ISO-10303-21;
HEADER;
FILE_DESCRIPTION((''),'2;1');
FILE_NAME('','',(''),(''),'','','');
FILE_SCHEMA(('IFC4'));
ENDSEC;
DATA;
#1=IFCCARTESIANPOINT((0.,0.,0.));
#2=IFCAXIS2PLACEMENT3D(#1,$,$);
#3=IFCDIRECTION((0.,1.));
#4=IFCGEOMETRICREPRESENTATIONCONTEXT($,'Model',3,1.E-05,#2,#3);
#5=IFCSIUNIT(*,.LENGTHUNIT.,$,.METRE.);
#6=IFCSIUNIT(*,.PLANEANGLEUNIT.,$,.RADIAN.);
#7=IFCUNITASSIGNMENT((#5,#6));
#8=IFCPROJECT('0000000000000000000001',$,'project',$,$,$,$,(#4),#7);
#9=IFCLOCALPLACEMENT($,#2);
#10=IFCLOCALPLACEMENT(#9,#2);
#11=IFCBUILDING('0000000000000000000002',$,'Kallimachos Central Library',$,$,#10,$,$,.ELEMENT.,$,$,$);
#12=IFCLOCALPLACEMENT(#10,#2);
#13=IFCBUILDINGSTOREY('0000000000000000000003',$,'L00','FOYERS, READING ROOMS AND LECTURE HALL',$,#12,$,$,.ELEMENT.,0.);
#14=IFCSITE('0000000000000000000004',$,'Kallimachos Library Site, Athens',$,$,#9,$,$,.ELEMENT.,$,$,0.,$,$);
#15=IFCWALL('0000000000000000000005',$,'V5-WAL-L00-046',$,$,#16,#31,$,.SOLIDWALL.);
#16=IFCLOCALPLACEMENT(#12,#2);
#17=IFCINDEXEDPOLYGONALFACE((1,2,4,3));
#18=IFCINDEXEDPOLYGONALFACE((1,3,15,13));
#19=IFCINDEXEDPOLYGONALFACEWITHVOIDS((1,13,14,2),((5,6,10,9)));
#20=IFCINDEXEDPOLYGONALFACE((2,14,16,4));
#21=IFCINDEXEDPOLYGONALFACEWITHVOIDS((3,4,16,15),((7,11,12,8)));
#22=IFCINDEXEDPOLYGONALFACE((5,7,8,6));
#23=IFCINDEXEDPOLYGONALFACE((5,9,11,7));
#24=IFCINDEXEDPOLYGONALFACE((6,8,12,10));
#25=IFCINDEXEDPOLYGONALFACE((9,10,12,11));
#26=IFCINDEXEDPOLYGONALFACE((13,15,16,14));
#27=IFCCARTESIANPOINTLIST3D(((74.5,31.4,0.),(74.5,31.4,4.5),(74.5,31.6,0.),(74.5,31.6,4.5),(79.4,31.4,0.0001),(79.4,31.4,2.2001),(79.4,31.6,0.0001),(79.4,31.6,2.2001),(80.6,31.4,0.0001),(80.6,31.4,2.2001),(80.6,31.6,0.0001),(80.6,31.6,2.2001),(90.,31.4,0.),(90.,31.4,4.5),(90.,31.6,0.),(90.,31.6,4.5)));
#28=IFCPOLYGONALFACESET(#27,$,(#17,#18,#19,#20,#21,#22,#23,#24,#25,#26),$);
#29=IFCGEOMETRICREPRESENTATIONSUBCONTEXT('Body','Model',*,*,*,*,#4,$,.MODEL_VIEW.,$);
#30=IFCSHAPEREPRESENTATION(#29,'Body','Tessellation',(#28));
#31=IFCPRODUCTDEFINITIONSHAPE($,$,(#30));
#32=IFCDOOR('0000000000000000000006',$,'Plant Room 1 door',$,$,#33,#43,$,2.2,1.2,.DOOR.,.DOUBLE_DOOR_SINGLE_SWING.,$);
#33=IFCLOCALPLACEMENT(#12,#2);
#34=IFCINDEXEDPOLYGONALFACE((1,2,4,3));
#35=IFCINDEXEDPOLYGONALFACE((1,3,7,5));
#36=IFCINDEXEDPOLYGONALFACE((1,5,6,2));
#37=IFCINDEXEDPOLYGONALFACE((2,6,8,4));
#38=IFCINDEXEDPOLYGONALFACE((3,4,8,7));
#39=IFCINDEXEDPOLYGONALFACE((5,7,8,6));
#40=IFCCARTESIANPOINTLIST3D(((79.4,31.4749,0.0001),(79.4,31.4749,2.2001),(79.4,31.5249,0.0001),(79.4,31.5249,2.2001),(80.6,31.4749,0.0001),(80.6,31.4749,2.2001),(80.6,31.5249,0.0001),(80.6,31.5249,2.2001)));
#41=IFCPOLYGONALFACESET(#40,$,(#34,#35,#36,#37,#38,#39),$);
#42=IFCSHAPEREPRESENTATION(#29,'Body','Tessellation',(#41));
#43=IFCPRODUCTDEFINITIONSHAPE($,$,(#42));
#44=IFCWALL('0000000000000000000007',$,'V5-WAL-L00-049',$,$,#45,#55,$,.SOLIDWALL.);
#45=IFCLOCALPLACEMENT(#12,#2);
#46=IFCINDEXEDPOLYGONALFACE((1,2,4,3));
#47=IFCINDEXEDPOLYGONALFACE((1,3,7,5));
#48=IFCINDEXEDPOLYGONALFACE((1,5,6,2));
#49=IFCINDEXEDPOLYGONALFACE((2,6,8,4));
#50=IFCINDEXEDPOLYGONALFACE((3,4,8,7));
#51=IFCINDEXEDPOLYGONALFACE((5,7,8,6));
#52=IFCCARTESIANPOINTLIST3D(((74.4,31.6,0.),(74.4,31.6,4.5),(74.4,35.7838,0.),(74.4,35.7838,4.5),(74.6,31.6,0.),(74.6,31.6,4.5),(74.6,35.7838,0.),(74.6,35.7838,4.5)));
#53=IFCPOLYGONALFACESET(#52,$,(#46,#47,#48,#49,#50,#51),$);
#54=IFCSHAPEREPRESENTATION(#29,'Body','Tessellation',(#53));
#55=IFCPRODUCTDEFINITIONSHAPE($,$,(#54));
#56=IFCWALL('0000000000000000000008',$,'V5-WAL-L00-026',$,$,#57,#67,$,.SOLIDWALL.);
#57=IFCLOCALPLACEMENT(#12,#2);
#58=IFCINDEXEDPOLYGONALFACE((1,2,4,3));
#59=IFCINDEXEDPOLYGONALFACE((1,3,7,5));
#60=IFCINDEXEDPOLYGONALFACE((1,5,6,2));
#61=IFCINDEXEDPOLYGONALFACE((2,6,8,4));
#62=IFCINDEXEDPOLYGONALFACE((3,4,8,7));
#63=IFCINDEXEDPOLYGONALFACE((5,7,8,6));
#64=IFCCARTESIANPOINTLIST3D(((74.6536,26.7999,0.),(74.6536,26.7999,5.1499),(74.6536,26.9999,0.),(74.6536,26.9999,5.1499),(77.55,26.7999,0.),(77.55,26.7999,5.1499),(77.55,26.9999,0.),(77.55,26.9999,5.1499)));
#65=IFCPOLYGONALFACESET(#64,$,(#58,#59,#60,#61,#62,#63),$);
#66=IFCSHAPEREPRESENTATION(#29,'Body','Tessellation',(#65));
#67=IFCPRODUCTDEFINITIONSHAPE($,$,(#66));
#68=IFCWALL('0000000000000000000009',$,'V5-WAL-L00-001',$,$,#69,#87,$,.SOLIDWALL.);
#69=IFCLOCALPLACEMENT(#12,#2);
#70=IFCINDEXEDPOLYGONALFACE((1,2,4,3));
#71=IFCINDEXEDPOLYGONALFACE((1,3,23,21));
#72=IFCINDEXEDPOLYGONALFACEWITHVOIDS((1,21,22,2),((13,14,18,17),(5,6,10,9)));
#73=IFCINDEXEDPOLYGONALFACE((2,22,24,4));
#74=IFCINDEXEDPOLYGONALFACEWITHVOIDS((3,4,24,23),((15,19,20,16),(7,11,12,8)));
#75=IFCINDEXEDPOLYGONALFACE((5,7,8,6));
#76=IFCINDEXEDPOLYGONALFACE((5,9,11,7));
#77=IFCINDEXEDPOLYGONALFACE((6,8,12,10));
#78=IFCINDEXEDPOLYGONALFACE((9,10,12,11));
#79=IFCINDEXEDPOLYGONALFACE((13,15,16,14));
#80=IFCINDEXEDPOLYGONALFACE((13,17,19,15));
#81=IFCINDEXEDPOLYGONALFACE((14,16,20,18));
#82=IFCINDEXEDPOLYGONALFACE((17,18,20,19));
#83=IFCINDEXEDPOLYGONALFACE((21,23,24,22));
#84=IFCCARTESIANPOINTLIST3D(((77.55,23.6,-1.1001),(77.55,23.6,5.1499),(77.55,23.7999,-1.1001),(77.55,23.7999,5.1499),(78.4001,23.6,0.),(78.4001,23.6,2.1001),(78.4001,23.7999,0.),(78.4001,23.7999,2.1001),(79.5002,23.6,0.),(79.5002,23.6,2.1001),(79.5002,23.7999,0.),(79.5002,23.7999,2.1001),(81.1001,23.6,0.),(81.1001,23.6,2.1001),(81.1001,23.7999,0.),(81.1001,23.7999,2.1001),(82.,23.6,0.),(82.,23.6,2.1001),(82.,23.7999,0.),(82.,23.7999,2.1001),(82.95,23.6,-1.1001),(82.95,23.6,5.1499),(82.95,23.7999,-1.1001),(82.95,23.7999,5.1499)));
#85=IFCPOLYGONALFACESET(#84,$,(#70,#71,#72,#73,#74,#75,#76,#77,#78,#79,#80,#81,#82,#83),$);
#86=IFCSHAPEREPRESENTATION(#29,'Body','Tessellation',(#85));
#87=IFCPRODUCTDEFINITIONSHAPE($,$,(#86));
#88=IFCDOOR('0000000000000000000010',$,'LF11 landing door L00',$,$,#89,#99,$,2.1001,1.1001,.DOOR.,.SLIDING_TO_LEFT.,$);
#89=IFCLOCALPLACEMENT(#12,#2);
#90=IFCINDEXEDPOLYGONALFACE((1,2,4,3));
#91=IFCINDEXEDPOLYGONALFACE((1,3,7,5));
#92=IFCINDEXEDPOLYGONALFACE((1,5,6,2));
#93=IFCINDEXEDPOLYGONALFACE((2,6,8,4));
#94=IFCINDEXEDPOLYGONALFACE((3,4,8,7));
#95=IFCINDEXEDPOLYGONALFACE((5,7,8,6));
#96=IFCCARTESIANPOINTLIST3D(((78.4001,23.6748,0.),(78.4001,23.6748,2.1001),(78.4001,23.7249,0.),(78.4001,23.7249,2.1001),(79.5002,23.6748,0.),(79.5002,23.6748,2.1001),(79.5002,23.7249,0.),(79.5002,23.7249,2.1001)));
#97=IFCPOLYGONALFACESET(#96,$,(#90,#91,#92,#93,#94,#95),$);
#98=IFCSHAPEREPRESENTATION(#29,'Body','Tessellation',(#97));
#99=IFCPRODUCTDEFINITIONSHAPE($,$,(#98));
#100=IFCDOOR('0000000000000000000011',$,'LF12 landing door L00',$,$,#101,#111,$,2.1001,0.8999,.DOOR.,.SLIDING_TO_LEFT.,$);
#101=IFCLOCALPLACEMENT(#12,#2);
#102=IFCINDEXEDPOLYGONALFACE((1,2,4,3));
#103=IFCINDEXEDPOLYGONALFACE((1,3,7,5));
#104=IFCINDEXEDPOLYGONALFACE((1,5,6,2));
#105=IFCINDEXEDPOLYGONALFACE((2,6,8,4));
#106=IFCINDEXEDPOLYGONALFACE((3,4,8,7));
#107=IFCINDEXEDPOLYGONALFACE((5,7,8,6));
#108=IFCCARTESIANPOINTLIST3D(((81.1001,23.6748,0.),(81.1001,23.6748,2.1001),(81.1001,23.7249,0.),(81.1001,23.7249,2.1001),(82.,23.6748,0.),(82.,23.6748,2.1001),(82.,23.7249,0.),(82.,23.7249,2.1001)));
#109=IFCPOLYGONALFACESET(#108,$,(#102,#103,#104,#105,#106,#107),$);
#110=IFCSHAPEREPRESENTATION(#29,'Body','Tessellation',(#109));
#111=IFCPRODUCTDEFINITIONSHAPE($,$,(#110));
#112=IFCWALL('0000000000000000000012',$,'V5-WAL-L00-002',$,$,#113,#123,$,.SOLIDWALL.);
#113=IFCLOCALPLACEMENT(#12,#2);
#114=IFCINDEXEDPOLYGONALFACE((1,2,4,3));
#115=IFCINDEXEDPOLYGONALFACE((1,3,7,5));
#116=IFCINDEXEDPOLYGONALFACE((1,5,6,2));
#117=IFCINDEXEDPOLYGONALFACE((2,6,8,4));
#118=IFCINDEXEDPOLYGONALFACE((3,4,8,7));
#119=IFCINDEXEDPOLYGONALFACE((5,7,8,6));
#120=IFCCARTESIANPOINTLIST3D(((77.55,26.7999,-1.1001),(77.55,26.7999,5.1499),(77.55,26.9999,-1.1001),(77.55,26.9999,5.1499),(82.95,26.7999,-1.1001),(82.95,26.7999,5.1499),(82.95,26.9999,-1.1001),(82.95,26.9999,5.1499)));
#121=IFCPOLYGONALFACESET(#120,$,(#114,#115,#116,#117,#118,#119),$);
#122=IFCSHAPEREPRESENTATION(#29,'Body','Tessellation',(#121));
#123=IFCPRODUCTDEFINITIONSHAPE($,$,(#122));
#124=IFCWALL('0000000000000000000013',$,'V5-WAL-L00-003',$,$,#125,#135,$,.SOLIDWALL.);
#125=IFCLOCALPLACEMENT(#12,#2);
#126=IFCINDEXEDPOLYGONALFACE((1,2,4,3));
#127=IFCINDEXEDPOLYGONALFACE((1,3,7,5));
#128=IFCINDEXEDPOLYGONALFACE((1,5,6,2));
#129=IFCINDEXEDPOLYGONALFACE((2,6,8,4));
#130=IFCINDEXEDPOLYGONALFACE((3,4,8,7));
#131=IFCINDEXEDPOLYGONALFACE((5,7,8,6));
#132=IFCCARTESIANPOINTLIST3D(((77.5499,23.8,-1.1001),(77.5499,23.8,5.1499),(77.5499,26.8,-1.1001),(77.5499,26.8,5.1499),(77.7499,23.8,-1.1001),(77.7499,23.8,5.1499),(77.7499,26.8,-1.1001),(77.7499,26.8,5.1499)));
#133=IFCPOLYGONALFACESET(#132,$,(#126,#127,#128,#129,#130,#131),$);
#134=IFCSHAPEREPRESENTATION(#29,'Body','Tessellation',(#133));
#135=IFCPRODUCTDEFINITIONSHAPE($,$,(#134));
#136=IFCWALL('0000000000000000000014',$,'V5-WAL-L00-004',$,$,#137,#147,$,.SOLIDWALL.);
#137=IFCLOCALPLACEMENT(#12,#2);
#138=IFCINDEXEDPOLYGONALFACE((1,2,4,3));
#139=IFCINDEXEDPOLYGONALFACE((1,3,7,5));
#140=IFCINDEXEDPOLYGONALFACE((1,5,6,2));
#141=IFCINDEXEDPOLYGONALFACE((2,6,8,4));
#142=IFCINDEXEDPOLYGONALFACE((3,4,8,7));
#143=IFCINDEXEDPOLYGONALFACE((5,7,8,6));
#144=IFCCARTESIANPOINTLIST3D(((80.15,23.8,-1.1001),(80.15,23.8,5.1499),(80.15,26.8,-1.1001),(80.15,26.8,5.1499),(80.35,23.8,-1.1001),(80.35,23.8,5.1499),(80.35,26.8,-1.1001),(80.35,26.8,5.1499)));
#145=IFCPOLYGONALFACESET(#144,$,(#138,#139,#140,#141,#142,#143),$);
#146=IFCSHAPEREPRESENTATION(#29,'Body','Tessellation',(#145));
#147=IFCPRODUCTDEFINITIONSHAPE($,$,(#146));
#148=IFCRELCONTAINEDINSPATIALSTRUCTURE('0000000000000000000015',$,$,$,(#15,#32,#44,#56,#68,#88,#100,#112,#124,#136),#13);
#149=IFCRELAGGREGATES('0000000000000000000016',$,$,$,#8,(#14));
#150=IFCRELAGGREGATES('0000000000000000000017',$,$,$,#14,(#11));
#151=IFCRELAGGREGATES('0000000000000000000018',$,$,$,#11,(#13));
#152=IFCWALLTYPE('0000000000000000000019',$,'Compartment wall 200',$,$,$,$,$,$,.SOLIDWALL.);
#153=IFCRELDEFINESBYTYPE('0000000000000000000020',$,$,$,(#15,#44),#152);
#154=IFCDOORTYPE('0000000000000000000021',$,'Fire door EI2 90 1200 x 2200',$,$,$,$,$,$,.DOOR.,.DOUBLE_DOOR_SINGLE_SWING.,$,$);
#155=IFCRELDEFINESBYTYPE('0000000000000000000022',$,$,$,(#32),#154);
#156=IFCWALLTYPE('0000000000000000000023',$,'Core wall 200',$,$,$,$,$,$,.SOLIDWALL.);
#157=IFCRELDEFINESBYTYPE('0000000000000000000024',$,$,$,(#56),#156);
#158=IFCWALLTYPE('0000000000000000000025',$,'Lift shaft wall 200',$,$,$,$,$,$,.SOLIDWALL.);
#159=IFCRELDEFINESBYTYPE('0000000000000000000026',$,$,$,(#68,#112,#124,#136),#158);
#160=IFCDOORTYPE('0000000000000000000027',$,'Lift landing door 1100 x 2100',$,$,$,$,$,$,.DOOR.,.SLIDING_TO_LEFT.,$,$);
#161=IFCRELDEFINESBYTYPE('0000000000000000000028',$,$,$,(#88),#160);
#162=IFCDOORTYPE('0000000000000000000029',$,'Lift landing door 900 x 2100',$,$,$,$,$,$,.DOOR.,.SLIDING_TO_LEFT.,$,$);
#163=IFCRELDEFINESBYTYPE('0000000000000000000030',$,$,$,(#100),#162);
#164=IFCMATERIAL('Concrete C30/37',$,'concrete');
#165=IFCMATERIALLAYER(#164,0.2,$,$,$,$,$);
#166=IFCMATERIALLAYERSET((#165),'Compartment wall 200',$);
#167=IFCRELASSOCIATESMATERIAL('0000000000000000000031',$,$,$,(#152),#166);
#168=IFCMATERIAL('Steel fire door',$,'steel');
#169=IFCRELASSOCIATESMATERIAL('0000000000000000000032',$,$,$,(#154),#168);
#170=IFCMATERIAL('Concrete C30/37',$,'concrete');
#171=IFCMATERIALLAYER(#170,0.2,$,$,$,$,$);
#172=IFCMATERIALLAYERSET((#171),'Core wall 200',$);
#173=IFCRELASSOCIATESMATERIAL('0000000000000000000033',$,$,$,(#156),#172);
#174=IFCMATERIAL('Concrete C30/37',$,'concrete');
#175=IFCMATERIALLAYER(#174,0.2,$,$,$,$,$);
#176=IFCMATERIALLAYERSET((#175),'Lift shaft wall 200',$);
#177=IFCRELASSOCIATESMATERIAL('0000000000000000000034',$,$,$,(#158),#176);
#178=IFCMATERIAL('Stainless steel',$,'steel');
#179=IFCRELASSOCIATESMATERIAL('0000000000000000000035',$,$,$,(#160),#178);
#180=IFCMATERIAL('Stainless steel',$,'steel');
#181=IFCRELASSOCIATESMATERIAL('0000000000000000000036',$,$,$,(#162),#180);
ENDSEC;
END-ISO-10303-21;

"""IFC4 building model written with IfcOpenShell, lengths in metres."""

from ifc_helpers import new_model, si_unit, direction, frame, frame_2d, origin, place, context, subcontext, project, spatial, rectangle, extrude, material, layer, layer_set, type_object, element, fill, save


model = new_model("IFC4")

# Units and contexts
model_context = context("Model", 3, precision=1e-05, world=origin(), true_north=direction((0.0, 1.0)))
body_context = subcontext(model_context, "Body", "Model", "MODEL_VIEW")
ifc_project = project(units=[si_unit("LENGTHUNIT", "METRE"), si_unit("PLANEANGLEUNIT", "RADIAN")], contexts=[model_context])

# Site, building, storey
site_placement = place(None, origin())
site = spatial("IfcSite", under=ifc_project, at=site_placement, Name="Kallimachos Library Site, Athens", CompositionType="ELEMENT", RefElevation=0.0)
building_placement = place(site_placement, origin())
building = spatial("IfcBuilding", under=site, at=building_placement, Name="Kallimachos Central Library", CompositionType="ELEMENT")
storey_placement = place(building_placement, origin())
storey = spatial("IfcBuildingStorey", under=building, at=storey_placement, Name="L00", Description="FOYERS, READING ROOMS AND LECTURE HALL", CompositionType="ELEMENT", Elevation=0.0)

# Wall, opening, door
ifc_material_1 = material(Name="Concrete C30/37", Category="concrete")
ifc_layer_1 = layer(ifc_material_1, 0.2)
ifc_layer_set_1 = layer_set([ifc_layer_1], Name="Compartment wall 200")
wall_type_1 = type_object("IfcWallType", Name="Compartment wall 200", PredefinedType="SOLIDWALL", material=ifc_layer_set_1)
wall_1_placement = place(storey_placement, frame((74.5, 31.5, 0.0), z_axis=(0.0, 0.0, 1.0), x_axis=(1.0, 0.0, 0.0)))
wall_1 = element("IfcWall", 1, at=wall_1_placement, inside=storey, type_object=wall_type_1, Name="V5-WAL-L00-046", PredefinedType="SOLIDWALL", context=body_context, shape_type="SweptSolid", body=[
    extrude(rectangle(XDim=15.5, YDim=0.2, at=frame_2d((7.75, 0.0))), origin(), (0.0, 0.0, 1.0), 4.5),
])
opening_1_placement = place(wall_1_placement, frame((4.8999, 0.0, 0.0)))
opening_1 = element("IfcOpeningElement", 2, at=opening_1_placement, cuts=wall_1, PredefinedType="OPENING", context=body_context, shape_type="SweptSolid", body=[
    extrude(rectangle(XDim=1.2, YDim=2.2, at=frame_2d((0.6001, 1.1001))), frame((0.0, 0.1099, 0.0), z_axis=(0.0, -1.0, 0.0), x_axis=(1.0, 0.0, 0.0)), (0.0, 0.0, 1.0), 0.22),
])
ifc_material_2 = material(Name="Steel fire door", Category="steel")
door_type_1 = type_object("IfcDoorType", Name="Fire door EI2 90 1200 x 2200", OperationType="DOUBLE_DOOR_SINGLE_SWING", PredefinedType="DOOR", material=ifc_material_2)
door_1_placement = place(opening_1_placement, origin())
door_1 = element("IfcDoor", 3, at=door_1_placement, inside=storey, type_object=door_type_1, Name="Plant Room 1 door", OperationType="DOUBLE_DOOR_SINGLE_SWING", OverallHeight=2.2, OverallWidth=1.2, PredefinedType="DOOR", context=body_context, shape_type="SweptSolid", body=[
    extrude(rectangle(XDim=1.2, YDim=2.2, at=frame_2d((0.6001, 1.1001))), frame((0.0, 0.0249, 0.0), z_axis=(0.0, -1.0, 0.0), x_axis=(1.0, 0.0, 0.0)), (0.0, 0.0, 1.0), 0.05),
])
fill(opening_1, door_1)

# Walls
wall_2_placement = place(storey_placement, frame((74.5, 31.6001, 0.0), z_axis=(0.0, 0.0, 1.0), x_axis=(0.0, 1.0, 0.0)))
element("IfcWall", 4, at=wall_2_placement, inside=storey, type_object=wall_type_1, Name="V5-WAL-L00-049", PredefinedType="SOLIDWALL", context=body_context, shape_type="SweptSolid", body=[
    extrude(rectangle(XDim=4.1838, YDim=0.2, at=frame_2d((2.0918, 0.0))), origin(), (0.0, 0.0, 1.0), 4.5),
])
ifc_material_3 = material(Name="Concrete C30/37", Category="concrete")
ifc_layer_2 = layer(ifc_material_3, 0.2)
ifc_layer_set_2 = layer_set([ifc_layer_2], Name="Core wall 200")
wall_type_2 = type_object("IfcWallType", Name="Core wall 200", PredefinedType="SOLIDWALL", material=ifc_layer_set_2)
wall_3_placement = place(storey_placement, frame((74.6536, 26.8999, 0.0), z_axis=(0.0, 0.0, 1.0), x_axis=(1.0, 0.0, 0.0)))
element("IfcWall", 5, at=wall_3_placement, inside=storey, type_object=wall_type_2, Name="V5-WAL-L00-026", PredefinedType="SOLIDWALL", context=body_context, shape_type="SweptSolid", body=[
    extrude(rectangle(XDim=2.8965, YDim=0.2, at=frame_2d((1.4482, 0.0))), origin(), (0.0, 0.0, 1.0), 5.1499),
])

# Wall, openings, doors
ifc_material_4 = material(Name="Concrete C30/37", Category="concrete")
ifc_layer_3 = layer(ifc_material_4, 0.2)
ifc_layer_set_3 = layer_set([ifc_layer_3], Name="Lift shaft wall 200")
wall_type_3 = type_object("IfcWallType", Name="Lift shaft wall 200", PredefinedType="SOLIDWALL", material=ifc_layer_set_3)
wall_4_placement = place(storey_placement, frame((77.55, 23.7, -1.1001), z_axis=(0.0, 0.0, 1.0), x_axis=(1.0, 0.0, 0.0)))
wall_4 = element("IfcWall", 6, at=wall_4_placement, inside=storey, type_object=wall_type_3, Name="V5-WAL-L00-001", PredefinedType="SOLIDWALL", context=body_context, shape_type="SweptSolid", body=[
    extrude(rectangle(XDim=5.3999, YDim=0.2, at=frame_2d((2.7, 0.0))), origin(), (0.0, 0.0, 1.0), 6.25),
])
opening_2_placement = place(wall_4_placement, frame((0.8501, 0.0, 1.1001)))
opening_2 = element("IfcOpeningElement", 7, at=opening_2_placement, cuts=wall_4, PredefinedType="OPENING", context=body_context, shape_type="SweptSolid", body=[
    extrude(rectangle(XDim=1.1001, YDim=2.1001, at=frame_2d((0.55, 1.05))), frame((0.0, 0.1099, 0.0), z_axis=(0.0, -1.0, 0.0), x_axis=(1.0, 0.0, 0.0)), (0.0, 0.0, 1.0), 0.22),
])
opening_3_placement = place(wall_4_placement, frame((3.55, 0.0, 1.1001)))
opening_3 = element("IfcOpeningElement", 8, at=opening_3_placement, cuts=wall_4, PredefinedType="OPENING", context=body_context, shape_type="SweptSolid", body=[
    extrude(rectangle(XDim=0.8999, YDim=2.1001, at=frame_2d((0.45, 1.05))), frame((0.0, 0.1099, 0.0), z_axis=(0.0, -1.0, 0.0), x_axis=(1.0, 0.0, 0.0)), (0.0, 0.0, 1.0), 0.22),
])
ifc_material_5 = material(Name="Stainless steel", Category="steel")
door_type_2 = type_object("IfcDoorType", Name="Lift landing door 1100 x 2100", OperationType="SLIDING_TO_LEFT", PredefinedType="DOOR", material=ifc_material_5)
door_2_placement = place(opening_2_placement, origin())
door_2 = element("IfcDoor", 9, at=door_2_placement, inside=storey, type_object=door_type_2, Name="LF11 landing door L00", OperationType="SLIDING_TO_LEFT", OverallHeight=2.1001, OverallWidth=1.1001, PredefinedType="DOOR", context=body_context, shape_type="SweptSolid", body=[
    extrude(rectangle(XDim=1.1001, YDim=2.1001, at=frame_2d((0.55, 1.05))), frame((0.0, 0.0249, 0.0), z_axis=(0.0, -1.0, 0.0), x_axis=(1.0, 0.0, 0.0)), (0.0, 0.0, 1.0), 0.05),
])
fill(opening_2, door_2)
ifc_material_6 = material(Name="Stainless steel", Category="steel")
door_type_3 = type_object("IfcDoorType", Name="Lift landing door 900 x 2100", OperationType="SLIDING_TO_LEFT", PredefinedType="DOOR", material=ifc_material_6)
door_3_placement = place(opening_3_placement, origin())
door_3 = element("IfcDoor", 10, at=door_3_placement, inside=storey, type_object=door_type_3, Name="LF12 landing door L00", OperationType="SLIDING_TO_LEFT", OverallHeight=2.1001, OverallWidth=0.8999, PredefinedType="DOOR", context=body_context, shape_type="SweptSolid", body=[
    extrude(rectangle(XDim=0.8999, YDim=2.1001, at=frame_2d((0.45, 1.05))), frame((0.0, 0.0249, 0.0), z_axis=(0.0, -1.0, 0.0), x_axis=(1.0, 0.0, 0.0)), (0.0, 0.0, 1.0), 0.05),
])
fill(opening_3, door_3)

# Walls
wall_5_placement = place(storey_placement, frame((77.55, 26.8999, -1.1001), z_axis=(0.0, 0.0, 1.0), x_axis=(1.0, 0.0, 0.0)))
element("IfcWall", 11, at=wall_5_placement, inside=storey, type_object=wall_type_3, Name="V5-WAL-L00-002", PredefinedType="SOLIDWALL", context=body_context, shape_type="SweptSolid", body=[
    extrude(rectangle(XDim=5.3999, YDim=0.2, at=frame_2d((2.7, 0.0))), origin(), (0.0, 0.0, 1.0), 6.25),
])
for number, where, z_axis, x_axis, name in (
    (12, (77.6499, 23.8, -1.1001), (0.0, 0.0, 1.0), (0.0, 1.0, 0.0), "V5-WAL-L00-003"),
    (13, (80.25, 23.8, -1.1001), (0.0, 0.0, 1.0), (0.0, 1.0, 0.0), "V5-WAL-L00-004"),
):
    element("IfcWall", number, at=place(storey_placement, frame(where, z_axis=z_axis, x_axis=x_axis)), inside=storey, type_object=wall_type_3, Name=name, PredefinedType="SOLIDWALL", context=body_context, shape_type="SweptSolid", body=[
        extrude(rectangle(XDim=3.0, YDim=0.2, at=frame_2d((1.5, 0.0))), origin(), (0.0, 0.0, 1.0), 6.25),
    ])

save(model, "model.ifc")
